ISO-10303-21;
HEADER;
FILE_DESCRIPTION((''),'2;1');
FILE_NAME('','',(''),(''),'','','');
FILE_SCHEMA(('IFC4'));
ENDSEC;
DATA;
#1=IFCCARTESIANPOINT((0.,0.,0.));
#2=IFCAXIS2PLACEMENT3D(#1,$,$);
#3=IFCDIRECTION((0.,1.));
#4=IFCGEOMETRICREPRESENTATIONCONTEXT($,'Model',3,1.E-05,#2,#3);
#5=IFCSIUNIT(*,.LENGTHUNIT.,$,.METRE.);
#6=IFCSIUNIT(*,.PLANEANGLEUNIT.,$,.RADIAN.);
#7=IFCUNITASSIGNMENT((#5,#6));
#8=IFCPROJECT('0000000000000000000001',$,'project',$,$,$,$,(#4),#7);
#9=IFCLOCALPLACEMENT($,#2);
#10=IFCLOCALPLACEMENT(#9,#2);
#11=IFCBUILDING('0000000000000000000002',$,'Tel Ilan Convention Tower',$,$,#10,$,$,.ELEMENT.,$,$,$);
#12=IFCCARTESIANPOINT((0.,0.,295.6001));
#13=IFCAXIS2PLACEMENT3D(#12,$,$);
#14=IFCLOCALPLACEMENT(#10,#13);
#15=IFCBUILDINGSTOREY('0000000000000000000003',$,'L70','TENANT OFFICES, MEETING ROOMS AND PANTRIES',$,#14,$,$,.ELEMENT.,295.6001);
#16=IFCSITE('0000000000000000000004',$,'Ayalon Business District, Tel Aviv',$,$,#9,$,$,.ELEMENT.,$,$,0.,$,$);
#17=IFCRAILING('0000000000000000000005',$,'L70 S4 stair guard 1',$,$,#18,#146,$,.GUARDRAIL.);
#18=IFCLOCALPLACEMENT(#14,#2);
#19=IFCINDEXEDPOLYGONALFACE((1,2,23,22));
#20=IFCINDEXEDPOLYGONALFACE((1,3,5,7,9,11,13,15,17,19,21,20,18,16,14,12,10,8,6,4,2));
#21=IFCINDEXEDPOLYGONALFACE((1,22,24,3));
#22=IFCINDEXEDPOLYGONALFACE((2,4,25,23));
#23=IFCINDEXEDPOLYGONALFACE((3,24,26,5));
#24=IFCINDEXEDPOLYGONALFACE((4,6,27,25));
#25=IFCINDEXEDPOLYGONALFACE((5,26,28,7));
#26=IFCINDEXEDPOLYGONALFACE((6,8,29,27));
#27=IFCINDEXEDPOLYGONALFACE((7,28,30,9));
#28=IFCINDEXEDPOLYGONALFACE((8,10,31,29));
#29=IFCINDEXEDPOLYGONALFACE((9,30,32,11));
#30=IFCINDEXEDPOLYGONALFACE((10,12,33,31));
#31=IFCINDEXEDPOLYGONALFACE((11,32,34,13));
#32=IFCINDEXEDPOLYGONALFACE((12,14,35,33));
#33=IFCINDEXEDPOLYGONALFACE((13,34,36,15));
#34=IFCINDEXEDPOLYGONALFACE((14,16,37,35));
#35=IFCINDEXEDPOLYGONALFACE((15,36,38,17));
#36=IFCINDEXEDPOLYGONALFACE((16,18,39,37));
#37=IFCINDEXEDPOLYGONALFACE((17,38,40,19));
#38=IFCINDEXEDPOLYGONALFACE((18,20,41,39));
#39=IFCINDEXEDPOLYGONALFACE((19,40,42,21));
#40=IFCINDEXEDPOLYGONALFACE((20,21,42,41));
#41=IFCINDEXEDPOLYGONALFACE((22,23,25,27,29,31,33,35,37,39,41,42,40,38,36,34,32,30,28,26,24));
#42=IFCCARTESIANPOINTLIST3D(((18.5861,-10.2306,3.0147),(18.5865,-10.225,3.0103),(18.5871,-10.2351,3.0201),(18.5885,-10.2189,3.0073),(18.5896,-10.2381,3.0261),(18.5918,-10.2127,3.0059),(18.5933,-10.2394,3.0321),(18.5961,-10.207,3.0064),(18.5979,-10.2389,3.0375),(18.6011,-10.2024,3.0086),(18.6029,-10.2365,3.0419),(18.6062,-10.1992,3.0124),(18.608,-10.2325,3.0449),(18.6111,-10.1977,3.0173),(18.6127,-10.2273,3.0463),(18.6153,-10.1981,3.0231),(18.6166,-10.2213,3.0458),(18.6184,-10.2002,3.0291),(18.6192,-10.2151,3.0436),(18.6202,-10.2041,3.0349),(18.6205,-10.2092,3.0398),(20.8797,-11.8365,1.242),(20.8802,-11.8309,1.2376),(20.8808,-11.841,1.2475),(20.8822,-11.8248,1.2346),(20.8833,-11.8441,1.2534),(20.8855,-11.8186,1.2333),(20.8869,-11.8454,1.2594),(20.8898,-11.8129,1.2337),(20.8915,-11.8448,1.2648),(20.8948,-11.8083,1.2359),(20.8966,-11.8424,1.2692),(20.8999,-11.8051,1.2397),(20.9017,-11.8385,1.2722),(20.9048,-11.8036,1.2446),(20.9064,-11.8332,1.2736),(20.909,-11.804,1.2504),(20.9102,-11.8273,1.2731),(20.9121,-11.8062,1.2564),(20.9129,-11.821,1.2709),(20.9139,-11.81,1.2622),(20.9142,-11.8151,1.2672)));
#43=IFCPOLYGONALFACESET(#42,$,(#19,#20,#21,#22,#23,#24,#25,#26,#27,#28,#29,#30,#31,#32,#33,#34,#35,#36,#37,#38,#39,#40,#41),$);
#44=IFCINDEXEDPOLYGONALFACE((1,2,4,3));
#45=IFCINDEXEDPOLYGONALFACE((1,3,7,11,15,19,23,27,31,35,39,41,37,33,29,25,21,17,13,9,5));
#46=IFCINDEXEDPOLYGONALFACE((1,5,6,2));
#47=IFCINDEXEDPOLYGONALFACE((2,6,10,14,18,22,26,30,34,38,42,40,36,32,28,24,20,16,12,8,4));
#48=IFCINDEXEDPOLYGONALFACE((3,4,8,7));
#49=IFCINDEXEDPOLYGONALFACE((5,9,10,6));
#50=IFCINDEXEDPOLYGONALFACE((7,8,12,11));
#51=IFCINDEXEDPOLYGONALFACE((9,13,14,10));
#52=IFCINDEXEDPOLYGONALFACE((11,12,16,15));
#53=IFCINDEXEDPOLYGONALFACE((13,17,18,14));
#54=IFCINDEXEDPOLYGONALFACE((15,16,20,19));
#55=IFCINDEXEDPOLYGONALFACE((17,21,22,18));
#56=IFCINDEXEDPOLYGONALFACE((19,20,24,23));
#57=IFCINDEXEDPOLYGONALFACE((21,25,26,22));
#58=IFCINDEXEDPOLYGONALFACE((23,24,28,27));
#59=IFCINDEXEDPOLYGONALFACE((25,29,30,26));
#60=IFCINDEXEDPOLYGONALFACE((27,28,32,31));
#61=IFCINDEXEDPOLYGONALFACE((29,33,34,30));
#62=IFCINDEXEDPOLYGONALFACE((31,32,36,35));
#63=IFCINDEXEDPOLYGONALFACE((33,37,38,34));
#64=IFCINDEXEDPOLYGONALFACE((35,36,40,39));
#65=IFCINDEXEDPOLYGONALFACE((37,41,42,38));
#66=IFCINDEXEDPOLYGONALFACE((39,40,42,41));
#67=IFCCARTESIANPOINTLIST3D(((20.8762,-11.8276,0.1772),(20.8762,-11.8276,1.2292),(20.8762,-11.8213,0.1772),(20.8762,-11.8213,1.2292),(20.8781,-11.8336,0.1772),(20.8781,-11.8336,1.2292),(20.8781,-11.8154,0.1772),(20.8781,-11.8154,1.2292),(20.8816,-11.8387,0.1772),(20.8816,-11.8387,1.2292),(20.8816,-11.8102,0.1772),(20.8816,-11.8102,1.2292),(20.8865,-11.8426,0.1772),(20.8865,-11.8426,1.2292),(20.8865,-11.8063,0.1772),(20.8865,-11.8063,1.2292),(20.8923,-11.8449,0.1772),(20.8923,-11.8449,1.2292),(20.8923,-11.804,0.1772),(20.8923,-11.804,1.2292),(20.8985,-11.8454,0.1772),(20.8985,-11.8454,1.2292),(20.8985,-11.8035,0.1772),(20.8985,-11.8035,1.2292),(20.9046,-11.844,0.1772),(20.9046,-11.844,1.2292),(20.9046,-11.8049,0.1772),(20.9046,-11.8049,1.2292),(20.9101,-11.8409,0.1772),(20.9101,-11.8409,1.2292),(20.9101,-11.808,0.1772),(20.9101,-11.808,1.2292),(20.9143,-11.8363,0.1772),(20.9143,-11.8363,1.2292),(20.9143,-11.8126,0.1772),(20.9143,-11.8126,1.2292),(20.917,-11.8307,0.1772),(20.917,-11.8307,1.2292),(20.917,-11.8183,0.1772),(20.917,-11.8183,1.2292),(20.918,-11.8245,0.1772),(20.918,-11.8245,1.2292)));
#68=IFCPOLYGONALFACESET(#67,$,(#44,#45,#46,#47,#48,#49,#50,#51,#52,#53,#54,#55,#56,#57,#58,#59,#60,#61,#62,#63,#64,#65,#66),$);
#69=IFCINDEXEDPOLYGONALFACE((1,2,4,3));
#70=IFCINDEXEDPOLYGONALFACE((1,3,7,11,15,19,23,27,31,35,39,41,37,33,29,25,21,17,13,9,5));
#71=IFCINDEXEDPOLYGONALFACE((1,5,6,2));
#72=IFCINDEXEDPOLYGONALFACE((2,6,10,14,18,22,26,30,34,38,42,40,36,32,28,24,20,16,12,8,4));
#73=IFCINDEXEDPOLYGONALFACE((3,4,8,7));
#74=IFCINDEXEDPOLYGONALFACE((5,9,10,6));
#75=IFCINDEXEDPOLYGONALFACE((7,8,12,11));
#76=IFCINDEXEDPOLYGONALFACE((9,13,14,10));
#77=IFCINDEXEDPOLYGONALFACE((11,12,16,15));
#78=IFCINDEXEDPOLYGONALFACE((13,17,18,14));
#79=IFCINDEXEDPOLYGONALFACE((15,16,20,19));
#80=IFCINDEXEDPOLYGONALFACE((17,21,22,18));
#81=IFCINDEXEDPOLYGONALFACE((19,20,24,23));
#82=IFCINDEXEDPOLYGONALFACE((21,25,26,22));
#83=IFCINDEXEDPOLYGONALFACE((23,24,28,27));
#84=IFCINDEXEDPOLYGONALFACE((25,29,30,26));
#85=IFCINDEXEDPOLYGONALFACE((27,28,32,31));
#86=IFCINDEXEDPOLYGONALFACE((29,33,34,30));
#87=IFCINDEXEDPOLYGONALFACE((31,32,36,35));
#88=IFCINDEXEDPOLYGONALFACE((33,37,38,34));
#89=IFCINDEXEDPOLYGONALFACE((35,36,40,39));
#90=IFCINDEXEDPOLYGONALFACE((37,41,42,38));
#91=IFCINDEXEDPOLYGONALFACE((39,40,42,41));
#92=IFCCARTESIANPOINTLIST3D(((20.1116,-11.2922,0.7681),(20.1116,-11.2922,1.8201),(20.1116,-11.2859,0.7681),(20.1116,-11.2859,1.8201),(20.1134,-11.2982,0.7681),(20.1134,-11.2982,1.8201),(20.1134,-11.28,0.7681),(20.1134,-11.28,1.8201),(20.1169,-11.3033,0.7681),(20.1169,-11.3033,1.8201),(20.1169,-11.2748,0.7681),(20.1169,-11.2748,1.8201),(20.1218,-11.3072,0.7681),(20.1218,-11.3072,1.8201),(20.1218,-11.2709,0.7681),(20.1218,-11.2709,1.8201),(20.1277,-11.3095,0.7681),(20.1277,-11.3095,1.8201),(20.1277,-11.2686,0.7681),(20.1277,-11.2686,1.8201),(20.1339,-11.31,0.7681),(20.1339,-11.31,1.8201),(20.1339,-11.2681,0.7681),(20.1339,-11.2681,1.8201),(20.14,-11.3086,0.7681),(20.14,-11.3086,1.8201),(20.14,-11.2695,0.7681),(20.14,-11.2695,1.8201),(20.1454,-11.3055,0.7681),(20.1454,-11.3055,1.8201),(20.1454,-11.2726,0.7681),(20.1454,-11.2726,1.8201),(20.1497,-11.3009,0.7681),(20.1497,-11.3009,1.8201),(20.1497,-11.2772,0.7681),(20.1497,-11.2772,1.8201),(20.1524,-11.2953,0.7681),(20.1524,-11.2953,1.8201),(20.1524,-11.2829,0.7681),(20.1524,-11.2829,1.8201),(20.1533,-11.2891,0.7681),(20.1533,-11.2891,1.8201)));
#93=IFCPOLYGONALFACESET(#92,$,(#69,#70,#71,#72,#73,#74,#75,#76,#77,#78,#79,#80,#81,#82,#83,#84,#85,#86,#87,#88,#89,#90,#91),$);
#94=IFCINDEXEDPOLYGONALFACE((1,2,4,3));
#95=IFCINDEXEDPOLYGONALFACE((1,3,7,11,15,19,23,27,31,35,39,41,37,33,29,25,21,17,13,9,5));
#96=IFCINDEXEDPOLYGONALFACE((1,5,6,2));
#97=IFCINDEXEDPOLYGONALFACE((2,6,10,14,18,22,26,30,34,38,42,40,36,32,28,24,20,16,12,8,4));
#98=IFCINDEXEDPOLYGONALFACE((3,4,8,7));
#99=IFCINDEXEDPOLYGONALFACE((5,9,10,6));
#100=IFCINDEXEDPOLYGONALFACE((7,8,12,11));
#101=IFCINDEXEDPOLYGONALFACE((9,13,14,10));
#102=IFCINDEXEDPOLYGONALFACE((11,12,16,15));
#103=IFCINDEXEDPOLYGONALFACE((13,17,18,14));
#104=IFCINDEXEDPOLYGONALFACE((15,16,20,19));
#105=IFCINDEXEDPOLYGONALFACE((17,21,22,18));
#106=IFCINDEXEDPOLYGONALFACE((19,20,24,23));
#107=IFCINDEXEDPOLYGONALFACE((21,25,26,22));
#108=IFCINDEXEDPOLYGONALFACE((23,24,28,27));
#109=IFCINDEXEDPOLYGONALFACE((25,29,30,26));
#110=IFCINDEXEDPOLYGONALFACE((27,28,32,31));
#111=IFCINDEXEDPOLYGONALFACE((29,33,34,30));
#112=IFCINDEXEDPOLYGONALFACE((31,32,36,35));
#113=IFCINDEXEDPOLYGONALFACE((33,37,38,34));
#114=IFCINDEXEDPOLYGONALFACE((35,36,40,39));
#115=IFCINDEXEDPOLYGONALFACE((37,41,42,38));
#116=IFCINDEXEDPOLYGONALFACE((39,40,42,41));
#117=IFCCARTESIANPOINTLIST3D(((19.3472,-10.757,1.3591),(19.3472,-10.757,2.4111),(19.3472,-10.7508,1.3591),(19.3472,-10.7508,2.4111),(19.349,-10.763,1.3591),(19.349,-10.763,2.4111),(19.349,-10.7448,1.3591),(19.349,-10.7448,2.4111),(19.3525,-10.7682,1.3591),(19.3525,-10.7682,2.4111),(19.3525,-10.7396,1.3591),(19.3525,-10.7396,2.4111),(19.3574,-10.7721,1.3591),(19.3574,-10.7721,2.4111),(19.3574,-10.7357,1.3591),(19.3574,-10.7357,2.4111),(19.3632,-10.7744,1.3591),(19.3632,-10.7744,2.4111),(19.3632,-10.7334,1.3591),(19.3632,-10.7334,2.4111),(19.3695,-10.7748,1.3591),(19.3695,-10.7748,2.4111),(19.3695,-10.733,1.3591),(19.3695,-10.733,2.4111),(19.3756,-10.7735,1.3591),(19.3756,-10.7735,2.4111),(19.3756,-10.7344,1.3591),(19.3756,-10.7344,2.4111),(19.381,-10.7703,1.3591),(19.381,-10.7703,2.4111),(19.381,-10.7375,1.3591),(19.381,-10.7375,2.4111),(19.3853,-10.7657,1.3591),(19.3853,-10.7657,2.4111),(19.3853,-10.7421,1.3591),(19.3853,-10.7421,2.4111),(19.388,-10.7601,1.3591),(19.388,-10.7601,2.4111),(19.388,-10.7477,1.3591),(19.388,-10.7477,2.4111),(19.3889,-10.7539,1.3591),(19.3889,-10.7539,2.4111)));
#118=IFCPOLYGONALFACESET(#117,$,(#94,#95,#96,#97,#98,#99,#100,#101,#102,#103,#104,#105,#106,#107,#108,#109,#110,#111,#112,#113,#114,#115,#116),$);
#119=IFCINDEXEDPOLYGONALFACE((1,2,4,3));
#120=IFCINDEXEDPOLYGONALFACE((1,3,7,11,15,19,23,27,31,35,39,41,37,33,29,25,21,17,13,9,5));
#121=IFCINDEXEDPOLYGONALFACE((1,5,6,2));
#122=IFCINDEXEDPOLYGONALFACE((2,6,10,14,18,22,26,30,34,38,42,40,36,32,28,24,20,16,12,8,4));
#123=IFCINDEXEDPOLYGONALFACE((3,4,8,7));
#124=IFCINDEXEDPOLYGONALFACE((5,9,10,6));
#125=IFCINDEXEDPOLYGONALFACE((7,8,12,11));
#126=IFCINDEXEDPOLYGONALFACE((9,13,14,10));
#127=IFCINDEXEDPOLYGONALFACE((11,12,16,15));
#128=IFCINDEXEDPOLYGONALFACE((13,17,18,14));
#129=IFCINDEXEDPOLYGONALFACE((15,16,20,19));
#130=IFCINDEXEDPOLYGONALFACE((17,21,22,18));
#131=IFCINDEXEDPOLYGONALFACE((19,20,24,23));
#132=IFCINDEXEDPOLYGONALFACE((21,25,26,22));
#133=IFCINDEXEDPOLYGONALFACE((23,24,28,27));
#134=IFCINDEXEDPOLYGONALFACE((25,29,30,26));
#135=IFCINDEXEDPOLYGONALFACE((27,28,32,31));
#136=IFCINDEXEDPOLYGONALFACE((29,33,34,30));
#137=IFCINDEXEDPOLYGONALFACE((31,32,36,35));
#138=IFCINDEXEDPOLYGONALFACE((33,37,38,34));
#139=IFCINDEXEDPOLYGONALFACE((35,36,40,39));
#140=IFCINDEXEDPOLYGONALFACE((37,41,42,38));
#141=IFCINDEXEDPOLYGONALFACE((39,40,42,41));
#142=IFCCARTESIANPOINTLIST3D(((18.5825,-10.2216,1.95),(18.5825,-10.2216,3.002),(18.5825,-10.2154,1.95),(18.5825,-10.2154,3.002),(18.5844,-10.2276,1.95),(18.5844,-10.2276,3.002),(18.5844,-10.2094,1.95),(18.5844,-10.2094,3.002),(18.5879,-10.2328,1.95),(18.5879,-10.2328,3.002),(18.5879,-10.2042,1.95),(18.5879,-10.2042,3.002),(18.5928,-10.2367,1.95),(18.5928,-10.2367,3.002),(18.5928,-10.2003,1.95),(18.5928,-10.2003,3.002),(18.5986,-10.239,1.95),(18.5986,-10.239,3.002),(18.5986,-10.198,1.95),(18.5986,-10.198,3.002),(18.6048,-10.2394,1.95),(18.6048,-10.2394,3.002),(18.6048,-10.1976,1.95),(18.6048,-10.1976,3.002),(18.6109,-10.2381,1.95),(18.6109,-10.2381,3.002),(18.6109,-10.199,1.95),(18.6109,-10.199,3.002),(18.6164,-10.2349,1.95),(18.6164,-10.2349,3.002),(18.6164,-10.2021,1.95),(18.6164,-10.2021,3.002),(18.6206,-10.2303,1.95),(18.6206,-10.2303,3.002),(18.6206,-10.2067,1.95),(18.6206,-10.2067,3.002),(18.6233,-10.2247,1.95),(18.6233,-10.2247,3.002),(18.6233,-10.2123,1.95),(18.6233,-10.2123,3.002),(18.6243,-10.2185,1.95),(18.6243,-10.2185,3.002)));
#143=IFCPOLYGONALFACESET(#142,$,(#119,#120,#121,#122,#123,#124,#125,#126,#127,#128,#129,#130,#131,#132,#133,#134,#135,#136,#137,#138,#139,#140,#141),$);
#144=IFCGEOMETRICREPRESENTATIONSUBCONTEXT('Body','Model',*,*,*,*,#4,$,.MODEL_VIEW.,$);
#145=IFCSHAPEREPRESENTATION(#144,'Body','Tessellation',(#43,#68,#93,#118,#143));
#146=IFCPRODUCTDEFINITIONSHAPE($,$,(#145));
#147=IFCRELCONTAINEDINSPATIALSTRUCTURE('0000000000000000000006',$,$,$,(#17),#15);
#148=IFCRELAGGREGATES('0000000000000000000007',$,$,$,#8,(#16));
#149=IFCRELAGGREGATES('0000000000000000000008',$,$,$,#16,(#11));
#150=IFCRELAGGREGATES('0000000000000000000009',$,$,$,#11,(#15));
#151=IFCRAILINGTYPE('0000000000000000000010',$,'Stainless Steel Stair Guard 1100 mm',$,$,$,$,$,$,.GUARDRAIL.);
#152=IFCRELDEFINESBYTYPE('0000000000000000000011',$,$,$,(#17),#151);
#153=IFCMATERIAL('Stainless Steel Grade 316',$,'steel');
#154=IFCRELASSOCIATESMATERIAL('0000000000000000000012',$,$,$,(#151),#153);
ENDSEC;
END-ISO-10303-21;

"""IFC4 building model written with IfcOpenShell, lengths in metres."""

from ifc_helpers import new_model, si_unit, direction, frame, origin, origin_2d, place, context, subcontext, project, spatial, circle, extrude, material, type_object, element, save


model = new_model("IFC4")

# Units and contexts
model_context = context("Model", 3, precision=1e-05, world=origin(), true_north=direction((0.0, 1.0)))
body_context = subcontext(model_context, "Body", "Model", "MODEL_VIEW")
ifc_project = project(units=[si_unit("LENGTHUNIT", "METRE"), si_unit("PLANEANGLEUNIT", "RADIAN")], contexts=[model_context])

# Site, building, storey
site_placement = place(None, origin())
site = spatial("IfcSite", under=ifc_project, at=site_placement, Name="Ayalon Business District, Tel Aviv", CompositionType="ELEMENT", RefElevation=0.0)
building_placement = place(site_placement, origin())
building = spatial("IfcBuilding", under=site, at=building_placement, Name="Tel Ilan Convention Tower", CompositionType="ELEMENT")
storey_placement = place(building_placement, frame((0.0, 0.0, 295.6001)))
storey = spatial("IfcBuildingStorey", under=building, at=storey_placement, Name="L70", Description="TENANT OFFICES, MEETING ROOMS AND PANTRIES", CompositionType="ELEMENT", Elevation=295.6001)

# Railing
ifc_material_1 = material(Name="Stainless Steel Grade 316", Category="steel")
railing_type_1 = type_object("IfcRailingType", Name="Stainless Steel Stair Guard 1100 mm", PredefinedType="GUARDRAIL", material=ifc_material_1)
railing_1_placement = place(storey_placement, frame((20.897, -11.8245, 0.1772)))
element("IfcRailing", 1, at=railing_1_placement, inside=storey, type_object=railing_type_1, Name="L70 S4 stair guard 1", PredefinedType="GUARDRAIL", context=body_context, shape_type="SweptSolid", body=[
    extrude(circle(Radius=0.0239, at=origin_2d()), frame((0.0, 0.0, 1.0762), z_axis=(-0.692123, 0.484597, 0.534913), x_axis=(-0.57355, -0.81917, 0.0)), (0.0, 0.0, 1.0), 3.314),
    extrude(circle(Radius=0.021, at=origin_2d()), origin(), (0.0, 0.0, 1.0), 1.052),
    extrude(circle(Radius=0.021, at=origin_2d()), frame((-0.7646, 0.5354, 0.5908)), (0.0, 0.0, 1.0), 1.052),
    extrude(circle(Radius=0.021, at=origin_2d()), frame((-1.5291, 1.0706, 1.1819)), (0.0, 0.0, 1.0), 1.052),
    extrude(circle(Radius=0.021, at=origin_2d()), frame((-2.2937, 1.606, 1.7727)), (0.0, 0.0, 1.0), 1.052),
])

save(model, "model.ifc")
